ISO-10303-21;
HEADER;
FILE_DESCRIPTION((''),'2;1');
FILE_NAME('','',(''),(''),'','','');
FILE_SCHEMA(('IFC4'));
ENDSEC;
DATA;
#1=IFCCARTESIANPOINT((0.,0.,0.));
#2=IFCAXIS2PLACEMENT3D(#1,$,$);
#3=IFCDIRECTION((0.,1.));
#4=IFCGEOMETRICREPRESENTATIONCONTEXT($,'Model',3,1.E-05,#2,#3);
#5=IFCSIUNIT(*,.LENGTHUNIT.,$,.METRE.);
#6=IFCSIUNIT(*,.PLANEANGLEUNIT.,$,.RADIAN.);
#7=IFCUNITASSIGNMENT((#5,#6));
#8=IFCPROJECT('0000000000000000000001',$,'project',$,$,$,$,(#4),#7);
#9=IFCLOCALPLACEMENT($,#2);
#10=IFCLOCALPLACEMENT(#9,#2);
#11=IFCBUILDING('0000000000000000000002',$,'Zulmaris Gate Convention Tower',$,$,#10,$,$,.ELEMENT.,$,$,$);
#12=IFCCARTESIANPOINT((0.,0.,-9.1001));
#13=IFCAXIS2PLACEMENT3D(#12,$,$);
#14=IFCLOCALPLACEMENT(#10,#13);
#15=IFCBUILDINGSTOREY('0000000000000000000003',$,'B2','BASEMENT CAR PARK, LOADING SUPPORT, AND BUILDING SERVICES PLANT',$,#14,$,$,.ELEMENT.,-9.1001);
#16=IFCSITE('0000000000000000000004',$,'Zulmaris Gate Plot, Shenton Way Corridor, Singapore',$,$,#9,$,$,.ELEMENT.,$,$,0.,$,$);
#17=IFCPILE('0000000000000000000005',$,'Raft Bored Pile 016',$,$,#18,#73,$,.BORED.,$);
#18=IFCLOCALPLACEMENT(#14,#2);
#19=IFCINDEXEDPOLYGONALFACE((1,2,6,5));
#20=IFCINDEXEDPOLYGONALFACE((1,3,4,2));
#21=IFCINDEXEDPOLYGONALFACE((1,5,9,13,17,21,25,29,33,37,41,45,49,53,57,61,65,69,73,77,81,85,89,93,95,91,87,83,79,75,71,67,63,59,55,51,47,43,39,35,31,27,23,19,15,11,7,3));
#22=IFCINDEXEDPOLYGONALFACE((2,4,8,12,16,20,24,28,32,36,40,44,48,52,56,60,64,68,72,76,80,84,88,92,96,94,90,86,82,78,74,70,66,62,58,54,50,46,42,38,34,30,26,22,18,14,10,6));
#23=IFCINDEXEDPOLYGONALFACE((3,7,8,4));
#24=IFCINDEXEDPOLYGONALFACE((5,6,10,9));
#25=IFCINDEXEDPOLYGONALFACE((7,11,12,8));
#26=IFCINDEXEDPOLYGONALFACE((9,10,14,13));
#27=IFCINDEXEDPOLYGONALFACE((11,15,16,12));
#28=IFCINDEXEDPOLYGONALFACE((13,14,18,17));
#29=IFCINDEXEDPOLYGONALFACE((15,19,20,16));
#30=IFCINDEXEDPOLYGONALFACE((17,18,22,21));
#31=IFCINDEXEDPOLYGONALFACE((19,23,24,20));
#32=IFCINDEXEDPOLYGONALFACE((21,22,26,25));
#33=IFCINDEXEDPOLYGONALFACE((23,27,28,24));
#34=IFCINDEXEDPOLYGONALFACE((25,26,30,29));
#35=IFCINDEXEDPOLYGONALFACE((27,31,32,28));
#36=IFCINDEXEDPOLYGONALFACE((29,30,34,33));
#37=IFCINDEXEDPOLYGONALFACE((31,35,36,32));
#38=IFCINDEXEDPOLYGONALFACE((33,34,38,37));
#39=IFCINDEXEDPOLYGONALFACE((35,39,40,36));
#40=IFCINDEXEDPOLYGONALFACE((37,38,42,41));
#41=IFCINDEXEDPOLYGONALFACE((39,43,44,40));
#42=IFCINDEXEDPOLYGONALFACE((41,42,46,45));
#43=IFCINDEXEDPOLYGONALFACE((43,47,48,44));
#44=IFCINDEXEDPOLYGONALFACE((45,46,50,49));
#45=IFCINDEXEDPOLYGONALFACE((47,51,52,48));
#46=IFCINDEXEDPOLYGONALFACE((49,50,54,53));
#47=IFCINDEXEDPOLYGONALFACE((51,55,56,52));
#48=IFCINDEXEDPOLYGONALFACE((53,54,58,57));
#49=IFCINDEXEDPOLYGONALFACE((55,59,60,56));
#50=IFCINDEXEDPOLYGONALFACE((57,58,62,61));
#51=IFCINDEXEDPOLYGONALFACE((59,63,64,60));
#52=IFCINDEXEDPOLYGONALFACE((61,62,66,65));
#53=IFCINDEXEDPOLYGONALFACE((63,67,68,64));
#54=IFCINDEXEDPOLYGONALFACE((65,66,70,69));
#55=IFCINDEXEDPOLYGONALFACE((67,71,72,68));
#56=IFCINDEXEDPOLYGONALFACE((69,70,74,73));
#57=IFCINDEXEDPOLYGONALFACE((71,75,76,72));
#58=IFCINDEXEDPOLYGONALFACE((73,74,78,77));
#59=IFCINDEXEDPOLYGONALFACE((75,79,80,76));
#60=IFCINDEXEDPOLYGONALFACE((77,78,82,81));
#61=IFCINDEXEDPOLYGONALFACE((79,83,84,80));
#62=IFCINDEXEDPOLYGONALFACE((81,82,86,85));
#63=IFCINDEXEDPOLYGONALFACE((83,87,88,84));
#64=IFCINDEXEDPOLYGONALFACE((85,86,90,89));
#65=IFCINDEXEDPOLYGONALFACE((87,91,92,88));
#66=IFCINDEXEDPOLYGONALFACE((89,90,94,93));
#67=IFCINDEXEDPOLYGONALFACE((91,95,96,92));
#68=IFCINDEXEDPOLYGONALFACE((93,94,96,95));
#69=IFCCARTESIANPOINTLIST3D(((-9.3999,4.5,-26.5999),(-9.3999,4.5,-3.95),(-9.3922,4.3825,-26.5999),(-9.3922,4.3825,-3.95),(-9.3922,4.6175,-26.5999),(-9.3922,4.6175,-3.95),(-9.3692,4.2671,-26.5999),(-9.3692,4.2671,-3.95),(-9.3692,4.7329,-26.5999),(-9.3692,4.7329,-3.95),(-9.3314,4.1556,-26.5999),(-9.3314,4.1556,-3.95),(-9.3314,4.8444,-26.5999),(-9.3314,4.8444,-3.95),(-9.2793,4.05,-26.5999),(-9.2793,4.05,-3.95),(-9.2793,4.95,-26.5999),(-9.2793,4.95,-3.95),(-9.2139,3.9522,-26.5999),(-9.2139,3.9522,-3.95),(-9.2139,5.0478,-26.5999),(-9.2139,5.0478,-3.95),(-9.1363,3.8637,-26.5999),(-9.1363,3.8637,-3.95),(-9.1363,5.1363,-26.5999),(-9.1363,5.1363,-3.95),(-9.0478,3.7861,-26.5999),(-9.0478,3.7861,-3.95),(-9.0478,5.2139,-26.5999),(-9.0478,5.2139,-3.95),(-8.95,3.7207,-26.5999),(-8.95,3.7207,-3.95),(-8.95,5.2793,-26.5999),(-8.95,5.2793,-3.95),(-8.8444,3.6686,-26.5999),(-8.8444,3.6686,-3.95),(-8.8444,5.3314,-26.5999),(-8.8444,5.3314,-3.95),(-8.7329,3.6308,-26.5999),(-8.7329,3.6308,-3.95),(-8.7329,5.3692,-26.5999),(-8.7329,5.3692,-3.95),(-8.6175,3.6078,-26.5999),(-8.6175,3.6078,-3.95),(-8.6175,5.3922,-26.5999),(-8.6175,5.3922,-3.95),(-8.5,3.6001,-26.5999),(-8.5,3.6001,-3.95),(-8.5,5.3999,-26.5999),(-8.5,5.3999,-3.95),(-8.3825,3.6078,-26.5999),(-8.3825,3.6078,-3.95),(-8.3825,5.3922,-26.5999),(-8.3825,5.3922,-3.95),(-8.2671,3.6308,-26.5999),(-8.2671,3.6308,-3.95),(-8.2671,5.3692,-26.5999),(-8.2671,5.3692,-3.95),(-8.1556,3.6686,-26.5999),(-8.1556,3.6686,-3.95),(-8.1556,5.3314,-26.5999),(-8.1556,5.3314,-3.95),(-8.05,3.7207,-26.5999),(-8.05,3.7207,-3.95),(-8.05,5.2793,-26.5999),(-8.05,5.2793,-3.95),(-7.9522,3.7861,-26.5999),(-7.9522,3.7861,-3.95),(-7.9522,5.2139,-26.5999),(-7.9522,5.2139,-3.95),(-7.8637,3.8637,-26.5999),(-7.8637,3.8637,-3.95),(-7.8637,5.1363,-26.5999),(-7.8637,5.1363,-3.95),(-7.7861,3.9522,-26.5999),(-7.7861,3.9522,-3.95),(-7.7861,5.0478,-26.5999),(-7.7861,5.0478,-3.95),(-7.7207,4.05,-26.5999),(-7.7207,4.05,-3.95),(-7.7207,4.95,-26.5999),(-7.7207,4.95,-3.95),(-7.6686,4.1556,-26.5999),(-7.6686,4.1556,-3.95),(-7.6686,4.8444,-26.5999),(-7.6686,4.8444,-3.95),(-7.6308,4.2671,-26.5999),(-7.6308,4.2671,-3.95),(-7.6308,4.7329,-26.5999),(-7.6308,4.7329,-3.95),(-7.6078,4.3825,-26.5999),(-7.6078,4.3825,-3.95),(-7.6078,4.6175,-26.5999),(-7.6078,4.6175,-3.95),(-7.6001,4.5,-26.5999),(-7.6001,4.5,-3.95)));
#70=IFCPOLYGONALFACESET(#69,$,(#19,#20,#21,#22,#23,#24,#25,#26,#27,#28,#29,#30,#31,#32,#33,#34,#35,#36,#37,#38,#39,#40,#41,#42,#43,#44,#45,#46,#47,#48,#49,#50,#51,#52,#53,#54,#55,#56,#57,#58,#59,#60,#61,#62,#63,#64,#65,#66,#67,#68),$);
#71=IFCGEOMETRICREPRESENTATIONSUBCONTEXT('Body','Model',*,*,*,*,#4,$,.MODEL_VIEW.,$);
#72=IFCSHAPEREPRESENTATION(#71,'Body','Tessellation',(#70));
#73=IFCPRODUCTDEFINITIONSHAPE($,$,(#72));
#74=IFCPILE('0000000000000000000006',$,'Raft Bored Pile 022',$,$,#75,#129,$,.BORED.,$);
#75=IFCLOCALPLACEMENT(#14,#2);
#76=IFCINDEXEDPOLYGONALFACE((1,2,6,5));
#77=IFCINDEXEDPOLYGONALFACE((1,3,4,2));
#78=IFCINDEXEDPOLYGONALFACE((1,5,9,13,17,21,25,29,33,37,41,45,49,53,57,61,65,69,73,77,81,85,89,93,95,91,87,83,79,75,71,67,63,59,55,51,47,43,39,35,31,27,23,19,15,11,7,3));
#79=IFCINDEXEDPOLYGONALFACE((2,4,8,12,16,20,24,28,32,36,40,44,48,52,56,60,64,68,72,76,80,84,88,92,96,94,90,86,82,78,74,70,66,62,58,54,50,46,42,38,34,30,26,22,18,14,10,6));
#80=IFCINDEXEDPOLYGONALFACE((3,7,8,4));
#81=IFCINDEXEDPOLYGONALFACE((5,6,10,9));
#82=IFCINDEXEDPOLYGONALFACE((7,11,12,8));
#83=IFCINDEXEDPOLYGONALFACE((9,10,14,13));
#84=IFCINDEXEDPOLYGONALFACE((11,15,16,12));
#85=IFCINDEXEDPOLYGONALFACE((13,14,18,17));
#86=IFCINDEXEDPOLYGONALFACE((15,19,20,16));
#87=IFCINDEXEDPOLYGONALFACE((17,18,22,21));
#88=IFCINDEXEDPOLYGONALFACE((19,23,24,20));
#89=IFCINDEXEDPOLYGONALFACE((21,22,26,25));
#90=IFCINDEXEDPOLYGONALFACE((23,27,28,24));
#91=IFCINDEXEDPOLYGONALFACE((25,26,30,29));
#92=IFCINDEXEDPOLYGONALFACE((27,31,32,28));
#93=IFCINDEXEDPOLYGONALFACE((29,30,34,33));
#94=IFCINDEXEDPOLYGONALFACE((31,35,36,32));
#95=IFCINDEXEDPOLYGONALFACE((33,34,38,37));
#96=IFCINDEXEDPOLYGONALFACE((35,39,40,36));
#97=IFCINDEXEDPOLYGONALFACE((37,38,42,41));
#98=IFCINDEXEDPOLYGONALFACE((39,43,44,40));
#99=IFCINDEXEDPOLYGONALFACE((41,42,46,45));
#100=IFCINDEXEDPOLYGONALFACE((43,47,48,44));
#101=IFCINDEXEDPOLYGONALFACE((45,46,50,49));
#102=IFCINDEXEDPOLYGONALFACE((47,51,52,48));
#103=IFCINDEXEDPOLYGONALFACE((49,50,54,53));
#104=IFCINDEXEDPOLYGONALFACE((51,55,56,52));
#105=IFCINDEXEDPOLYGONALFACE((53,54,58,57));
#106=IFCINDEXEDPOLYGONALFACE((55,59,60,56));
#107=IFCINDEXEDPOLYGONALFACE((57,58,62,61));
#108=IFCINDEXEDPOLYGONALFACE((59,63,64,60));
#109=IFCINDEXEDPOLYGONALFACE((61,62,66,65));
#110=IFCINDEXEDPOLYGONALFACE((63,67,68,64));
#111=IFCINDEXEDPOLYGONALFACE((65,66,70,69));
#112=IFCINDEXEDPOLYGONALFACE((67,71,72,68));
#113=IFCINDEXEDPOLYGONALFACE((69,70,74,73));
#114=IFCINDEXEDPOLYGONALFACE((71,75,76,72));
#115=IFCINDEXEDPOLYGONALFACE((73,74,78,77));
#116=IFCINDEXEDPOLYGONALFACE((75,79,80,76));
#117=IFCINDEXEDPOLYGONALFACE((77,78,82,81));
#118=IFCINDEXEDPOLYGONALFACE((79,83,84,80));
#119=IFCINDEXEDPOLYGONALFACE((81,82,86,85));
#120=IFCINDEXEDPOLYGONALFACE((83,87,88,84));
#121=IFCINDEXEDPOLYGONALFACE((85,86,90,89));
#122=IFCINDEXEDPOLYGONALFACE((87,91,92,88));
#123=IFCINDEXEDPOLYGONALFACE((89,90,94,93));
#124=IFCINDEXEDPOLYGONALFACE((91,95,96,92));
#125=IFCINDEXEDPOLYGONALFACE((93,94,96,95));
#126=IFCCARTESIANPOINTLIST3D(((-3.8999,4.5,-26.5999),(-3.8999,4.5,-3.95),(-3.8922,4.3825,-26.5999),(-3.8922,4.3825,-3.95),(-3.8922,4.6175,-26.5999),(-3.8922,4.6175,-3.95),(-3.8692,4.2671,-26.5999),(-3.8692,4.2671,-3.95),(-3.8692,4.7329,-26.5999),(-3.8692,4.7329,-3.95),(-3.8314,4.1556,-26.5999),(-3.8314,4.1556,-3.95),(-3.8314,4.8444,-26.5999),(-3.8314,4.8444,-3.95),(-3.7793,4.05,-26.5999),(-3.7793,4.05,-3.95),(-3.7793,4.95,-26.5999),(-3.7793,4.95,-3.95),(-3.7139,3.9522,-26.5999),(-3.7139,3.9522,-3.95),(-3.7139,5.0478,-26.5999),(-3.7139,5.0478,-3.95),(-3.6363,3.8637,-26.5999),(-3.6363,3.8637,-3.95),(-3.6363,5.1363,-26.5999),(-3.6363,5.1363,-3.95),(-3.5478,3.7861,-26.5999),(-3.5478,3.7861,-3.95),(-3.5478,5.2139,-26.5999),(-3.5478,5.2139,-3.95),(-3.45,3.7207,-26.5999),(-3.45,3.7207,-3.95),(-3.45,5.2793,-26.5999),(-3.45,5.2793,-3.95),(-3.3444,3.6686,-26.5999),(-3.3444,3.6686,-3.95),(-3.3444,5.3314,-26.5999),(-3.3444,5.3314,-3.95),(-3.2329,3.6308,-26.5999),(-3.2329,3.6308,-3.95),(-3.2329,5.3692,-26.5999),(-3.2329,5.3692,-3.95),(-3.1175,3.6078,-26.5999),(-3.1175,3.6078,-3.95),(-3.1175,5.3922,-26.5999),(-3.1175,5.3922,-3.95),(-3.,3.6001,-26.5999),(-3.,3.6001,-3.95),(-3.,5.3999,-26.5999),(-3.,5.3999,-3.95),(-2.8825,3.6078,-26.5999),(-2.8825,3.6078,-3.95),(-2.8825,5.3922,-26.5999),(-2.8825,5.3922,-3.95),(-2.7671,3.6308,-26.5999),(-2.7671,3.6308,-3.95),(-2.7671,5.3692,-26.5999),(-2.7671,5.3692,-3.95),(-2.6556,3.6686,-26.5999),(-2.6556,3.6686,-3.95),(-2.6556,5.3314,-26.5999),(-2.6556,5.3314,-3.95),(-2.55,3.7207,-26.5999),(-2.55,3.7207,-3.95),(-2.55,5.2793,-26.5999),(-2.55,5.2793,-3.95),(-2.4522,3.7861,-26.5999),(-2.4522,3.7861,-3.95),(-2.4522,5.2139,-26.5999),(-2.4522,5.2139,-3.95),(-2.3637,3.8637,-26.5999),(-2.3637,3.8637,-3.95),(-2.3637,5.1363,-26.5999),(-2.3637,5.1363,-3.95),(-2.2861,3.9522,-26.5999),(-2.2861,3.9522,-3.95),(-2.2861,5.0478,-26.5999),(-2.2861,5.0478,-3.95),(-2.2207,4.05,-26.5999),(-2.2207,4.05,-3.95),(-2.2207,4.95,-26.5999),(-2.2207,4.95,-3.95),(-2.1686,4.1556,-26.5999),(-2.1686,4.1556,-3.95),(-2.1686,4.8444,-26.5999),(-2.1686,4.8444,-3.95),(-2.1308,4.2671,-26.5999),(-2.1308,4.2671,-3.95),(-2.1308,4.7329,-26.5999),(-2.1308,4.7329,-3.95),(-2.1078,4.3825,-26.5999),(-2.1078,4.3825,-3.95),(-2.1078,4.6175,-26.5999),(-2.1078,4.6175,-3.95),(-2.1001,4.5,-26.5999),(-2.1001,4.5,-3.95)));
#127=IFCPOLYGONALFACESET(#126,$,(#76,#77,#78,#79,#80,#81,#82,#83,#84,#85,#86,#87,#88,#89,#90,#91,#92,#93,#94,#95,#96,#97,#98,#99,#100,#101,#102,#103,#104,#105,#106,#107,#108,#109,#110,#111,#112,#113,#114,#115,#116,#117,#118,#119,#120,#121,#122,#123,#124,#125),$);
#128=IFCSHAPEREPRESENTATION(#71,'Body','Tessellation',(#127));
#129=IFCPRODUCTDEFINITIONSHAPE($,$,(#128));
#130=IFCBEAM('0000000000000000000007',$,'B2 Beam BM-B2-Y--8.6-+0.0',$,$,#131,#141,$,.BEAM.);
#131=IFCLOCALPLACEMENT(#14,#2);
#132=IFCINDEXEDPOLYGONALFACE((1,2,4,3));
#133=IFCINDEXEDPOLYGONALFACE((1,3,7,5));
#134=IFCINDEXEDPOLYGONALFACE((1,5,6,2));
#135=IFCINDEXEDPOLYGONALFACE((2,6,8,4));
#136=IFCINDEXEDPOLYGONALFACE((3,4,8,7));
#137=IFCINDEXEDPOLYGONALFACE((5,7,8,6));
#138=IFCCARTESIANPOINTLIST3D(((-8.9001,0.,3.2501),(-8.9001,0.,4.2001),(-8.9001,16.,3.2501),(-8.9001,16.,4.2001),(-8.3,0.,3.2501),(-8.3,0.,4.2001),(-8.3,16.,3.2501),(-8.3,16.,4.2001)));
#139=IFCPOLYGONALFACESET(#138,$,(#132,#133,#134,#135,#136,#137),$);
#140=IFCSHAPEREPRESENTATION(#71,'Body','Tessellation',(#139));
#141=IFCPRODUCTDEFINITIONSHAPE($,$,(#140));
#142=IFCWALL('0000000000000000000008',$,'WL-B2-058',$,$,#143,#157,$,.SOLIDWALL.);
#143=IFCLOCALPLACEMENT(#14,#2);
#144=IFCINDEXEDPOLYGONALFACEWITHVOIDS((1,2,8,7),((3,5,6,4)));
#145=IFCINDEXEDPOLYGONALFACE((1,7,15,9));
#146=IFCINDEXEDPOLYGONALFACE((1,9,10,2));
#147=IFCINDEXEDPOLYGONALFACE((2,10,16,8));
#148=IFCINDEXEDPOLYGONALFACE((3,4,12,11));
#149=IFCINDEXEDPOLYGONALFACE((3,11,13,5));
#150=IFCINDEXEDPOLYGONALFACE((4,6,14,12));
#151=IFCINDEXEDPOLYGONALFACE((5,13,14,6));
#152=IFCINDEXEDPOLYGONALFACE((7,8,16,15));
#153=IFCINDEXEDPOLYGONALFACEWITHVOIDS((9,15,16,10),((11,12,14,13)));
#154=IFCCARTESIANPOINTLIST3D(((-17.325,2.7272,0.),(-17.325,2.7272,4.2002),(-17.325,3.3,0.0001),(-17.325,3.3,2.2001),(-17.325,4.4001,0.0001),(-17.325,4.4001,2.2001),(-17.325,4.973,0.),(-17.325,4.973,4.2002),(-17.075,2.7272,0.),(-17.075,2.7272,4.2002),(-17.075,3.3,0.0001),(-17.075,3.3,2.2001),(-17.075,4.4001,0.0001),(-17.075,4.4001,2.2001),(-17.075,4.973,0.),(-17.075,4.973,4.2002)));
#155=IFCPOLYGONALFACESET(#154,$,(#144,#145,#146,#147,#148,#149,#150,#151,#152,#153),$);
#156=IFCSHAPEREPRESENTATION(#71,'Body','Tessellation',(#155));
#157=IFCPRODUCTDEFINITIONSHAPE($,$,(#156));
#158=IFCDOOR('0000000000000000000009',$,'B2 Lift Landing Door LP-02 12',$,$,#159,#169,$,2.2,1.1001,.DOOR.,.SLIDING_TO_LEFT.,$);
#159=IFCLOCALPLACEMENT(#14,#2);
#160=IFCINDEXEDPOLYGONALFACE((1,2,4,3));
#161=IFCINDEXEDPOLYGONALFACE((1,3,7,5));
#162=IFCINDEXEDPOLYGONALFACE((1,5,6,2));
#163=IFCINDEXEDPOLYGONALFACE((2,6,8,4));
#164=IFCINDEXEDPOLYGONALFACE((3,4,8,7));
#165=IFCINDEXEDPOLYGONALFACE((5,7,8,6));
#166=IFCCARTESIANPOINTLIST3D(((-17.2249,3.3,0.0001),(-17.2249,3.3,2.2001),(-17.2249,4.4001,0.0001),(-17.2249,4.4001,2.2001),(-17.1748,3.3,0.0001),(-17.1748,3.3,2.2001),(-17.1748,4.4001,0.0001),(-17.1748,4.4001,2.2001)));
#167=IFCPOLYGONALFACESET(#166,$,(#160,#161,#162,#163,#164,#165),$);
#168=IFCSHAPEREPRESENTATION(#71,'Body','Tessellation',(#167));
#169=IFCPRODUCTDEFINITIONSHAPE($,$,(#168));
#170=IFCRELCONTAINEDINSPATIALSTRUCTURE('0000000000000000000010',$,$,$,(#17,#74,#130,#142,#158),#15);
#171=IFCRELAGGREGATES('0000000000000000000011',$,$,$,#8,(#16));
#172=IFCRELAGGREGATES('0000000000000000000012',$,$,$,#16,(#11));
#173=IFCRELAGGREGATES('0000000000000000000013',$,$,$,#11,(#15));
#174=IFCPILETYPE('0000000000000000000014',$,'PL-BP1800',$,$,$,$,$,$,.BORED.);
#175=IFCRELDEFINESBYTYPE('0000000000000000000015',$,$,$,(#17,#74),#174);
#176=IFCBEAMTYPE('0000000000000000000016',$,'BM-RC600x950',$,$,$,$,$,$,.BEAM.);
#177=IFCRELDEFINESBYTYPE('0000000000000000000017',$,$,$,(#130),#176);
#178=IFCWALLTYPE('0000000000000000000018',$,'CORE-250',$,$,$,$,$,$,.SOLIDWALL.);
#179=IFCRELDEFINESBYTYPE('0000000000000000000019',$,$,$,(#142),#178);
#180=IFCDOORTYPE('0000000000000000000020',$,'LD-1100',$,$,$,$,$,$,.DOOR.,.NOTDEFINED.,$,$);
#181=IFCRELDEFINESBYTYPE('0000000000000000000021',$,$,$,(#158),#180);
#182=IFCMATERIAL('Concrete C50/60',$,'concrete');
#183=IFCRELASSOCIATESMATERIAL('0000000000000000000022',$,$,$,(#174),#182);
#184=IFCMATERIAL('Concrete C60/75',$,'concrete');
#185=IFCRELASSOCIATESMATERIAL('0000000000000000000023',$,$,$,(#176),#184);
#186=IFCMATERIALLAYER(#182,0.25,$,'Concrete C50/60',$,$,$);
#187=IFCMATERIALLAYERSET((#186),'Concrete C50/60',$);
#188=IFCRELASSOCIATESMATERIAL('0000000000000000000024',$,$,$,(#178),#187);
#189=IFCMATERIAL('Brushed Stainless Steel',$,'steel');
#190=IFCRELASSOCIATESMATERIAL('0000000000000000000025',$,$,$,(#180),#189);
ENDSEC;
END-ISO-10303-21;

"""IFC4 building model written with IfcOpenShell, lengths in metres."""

from ifc_helpers import new_model, si_unit, direction, frame, frame_2d, origin, origin_2d, place, context, subcontext, project, spatial, rectangle, circle, extrude, material, layer, layer_set, material_profile, profile_set, type_object, element, fill, save


model = new_model("IFC4")

# Units and contexts
model_context = context("Model", 3, precision=1e-05, world=origin(), true_north=direction((0.0, 1.0)))
body_context = subcontext(model_context, "Body", "Model", "MODEL_VIEW")
ifc_project = project(units=[si_unit("LENGTHUNIT", "METRE"), si_unit("PLANEANGLEUNIT", "RADIAN")], contexts=[model_context])

# Site, building, storey
site_placement = place(None, origin())
site = spatial("IfcSite", under=ifc_project, at=site_placement, Name="Zulmaris Gate Plot, Shenton Way Corridor, Singapore", CompositionType="ELEMENT", RefElevation=0.0)
building_placement = place(site_placement, origin())
building = spatial("IfcBuilding", under=site, at=building_placement, Name="Zulmaris Gate Convention Tower", CompositionType="ELEMENT")
storey_placement = place(building_placement, frame((0.0, 0.0, -9.1001)))
storey = spatial("IfcBuildingStorey", under=building, at=storey_placement, Name="B2", Description="BASEMENT CAR PARK, LOADING SUPPORT, AND BUILDING SERVICES PLANT", CompositionType="ELEMENT", Elevation=-9.1001)

# Shared definitions
ifc_material_1 = material(Name="Concrete C50/60", Category="concrete")

# Piles
ifc_material_profile_1 = material_profile(ifc_material_1, circle(Radius=0.8999, at=origin_2d()), Name="BORED PILE 1800")
ifc_profile_set_1 = profile_set([ifc_material_profile_1], Name="Concrete C50/60")
pile_type = type_object("IfcPileType", Name="PL-BP1800", PredefinedType="BORED", material=ifc_profile_set_1)
for number, where, z_axis, x_axis, name in (
    (1, (-8.5, 4.5, -3.95), (0.0, 0.0, -1.0), (1.0, 0.0, 0.0), "Raft Bored Pile 016"),
    (2, (-3.0, 4.5, -3.95), (0.0, 0.0, -1.0), (1.0, 0.0, 0.0), "Raft Bored Pile 022"),
):
    element("IfcPile", number, at=place(storey_placement, frame(where, z_axis=z_axis, x_axis=x_axis)), inside=storey, type_object=pile_type, Name=name, PredefinedType="BORED", context=body_context, shape_type="SweptSolid", body=[
        extrude(circle(Radius=0.8999, at=origin_2d()), origin(), (0.0, 0.0, 1.0), 22.6499),
    ])

# Beam
ifc_material_2 = material(Name="Concrete C60/75", Category="concrete")
ifc_material_profile_2 = material_profile(ifc_material_2, rectangle(XDim=0.6001, YDim=0.95, at=origin_2d()), Name="RC BEAM 600x950")
ifc_profile_set_2 = profile_set([ifc_material_profile_2], Name="Concrete C60/75")
beam_type = type_object("IfcBeamType", Name="BM-RC600x950", PredefinedType="BEAM", material=ifc_profile_set_2)
beam_placement = place(storey_placement, frame((-8.6001, 0.0, 3.7251), z_axis=(0.0, 1.0, 0.0), x_axis=(-1.0, 0.0, 0.0)))
element("IfcBeam", 3, at=beam_placement, inside=storey, type_object=beam_type, Name="B2 Beam BM-B2-Y--8.6-+0.0", PredefinedType="BEAM", context=body_context, shape_type="SweptSolid", body=[
    extrude(rectangle(XDim=0.6001, YDim=0.95, at=origin_2d()), origin(), (0.0, 0.0, 1.0), 16.0),
])

# Wall, opening, door
ifc_layer_1 = layer(ifc_material_1, 0.25, Name="Concrete C50/60")
ifc_layer_set_1 = layer_set([ifc_layer_1], Name="Concrete C50/60")
wall_type_1 = type_object("IfcWallType", Name="CORE-250", PredefinedType="SOLIDWALL", material=ifc_layer_set_1)
wall_1_placement = place(storey_placement, frame((-17.2, 2.7271, 0.0), z_axis=(0.0, 0.0, 1.0), x_axis=(0.0, 1.0, 0.0)))
wall_1 = element("IfcWall", 4, at=wall_1_placement, inside=storey, type_object=wall_type_1, Name="WL-B2-058", PredefinedType="SOLIDWALL", context=body_context, shape_type="SweptSolid", body=[
    extrude(rectangle(XDim=2.2458, YDim=0.25, at=frame_2d((1.123, 0.0))), origin(), (0.0, 0.0, 1.0), 4.2002),
])
opening_1_placement = place(wall_1_placement, frame((0.573, 0.0, 0.0)))
opening_1 = element("IfcOpeningElement", 5, at=opening_1_placement, cuts=wall_1, PredefinedType="OPENING", context=body_context, shape_type="SweptSolid", body=[
    extrude(rectangle(XDim=1.1001, YDim=2.2, at=frame_2d((0.55, 1.1001))), frame((0.0, 0.135, 0.0), z_axis=(0.0, -1.0, 0.0), x_axis=(1.0, 0.0, 0.0)), (0.0, 0.0, 1.0), 0.27),
])
ifc_material_3 = material(Name="Brushed Stainless Steel", Category="steel")
door_type_1 = type_object("IfcDoorType", Name="LD-1100", OperationType="NOTDEFINED", PredefinedType="DOOR", material=ifc_material_3)
door_1_placement = place(opening_1_placement, origin())
door_1 = element("IfcDoor", 6, at=door_1_placement, inside=storey, type_object=door_type_1, Name="B2 Lift Landing Door LP-02 12", OperationType="SLIDING_TO_LEFT", OverallHeight=2.2, OverallWidth=1.1001, PredefinedType="DOOR", context=body_context, shape_type="SweptSolid", body=[
    extrude(rectangle(XDim=1.1001, YDim=2.2, at=frame_2d((0.55, 1.1001))), frame((0.0, 0.0249, 0.0), z_axis=(0.0, -1.0, 0.0), x_axis=(1.0, 0.0, 0.0)), (0.0, 0.0, 1.0), 0.05),
])
fill(opening_1, door_1)

save(model, "model.ifc")
